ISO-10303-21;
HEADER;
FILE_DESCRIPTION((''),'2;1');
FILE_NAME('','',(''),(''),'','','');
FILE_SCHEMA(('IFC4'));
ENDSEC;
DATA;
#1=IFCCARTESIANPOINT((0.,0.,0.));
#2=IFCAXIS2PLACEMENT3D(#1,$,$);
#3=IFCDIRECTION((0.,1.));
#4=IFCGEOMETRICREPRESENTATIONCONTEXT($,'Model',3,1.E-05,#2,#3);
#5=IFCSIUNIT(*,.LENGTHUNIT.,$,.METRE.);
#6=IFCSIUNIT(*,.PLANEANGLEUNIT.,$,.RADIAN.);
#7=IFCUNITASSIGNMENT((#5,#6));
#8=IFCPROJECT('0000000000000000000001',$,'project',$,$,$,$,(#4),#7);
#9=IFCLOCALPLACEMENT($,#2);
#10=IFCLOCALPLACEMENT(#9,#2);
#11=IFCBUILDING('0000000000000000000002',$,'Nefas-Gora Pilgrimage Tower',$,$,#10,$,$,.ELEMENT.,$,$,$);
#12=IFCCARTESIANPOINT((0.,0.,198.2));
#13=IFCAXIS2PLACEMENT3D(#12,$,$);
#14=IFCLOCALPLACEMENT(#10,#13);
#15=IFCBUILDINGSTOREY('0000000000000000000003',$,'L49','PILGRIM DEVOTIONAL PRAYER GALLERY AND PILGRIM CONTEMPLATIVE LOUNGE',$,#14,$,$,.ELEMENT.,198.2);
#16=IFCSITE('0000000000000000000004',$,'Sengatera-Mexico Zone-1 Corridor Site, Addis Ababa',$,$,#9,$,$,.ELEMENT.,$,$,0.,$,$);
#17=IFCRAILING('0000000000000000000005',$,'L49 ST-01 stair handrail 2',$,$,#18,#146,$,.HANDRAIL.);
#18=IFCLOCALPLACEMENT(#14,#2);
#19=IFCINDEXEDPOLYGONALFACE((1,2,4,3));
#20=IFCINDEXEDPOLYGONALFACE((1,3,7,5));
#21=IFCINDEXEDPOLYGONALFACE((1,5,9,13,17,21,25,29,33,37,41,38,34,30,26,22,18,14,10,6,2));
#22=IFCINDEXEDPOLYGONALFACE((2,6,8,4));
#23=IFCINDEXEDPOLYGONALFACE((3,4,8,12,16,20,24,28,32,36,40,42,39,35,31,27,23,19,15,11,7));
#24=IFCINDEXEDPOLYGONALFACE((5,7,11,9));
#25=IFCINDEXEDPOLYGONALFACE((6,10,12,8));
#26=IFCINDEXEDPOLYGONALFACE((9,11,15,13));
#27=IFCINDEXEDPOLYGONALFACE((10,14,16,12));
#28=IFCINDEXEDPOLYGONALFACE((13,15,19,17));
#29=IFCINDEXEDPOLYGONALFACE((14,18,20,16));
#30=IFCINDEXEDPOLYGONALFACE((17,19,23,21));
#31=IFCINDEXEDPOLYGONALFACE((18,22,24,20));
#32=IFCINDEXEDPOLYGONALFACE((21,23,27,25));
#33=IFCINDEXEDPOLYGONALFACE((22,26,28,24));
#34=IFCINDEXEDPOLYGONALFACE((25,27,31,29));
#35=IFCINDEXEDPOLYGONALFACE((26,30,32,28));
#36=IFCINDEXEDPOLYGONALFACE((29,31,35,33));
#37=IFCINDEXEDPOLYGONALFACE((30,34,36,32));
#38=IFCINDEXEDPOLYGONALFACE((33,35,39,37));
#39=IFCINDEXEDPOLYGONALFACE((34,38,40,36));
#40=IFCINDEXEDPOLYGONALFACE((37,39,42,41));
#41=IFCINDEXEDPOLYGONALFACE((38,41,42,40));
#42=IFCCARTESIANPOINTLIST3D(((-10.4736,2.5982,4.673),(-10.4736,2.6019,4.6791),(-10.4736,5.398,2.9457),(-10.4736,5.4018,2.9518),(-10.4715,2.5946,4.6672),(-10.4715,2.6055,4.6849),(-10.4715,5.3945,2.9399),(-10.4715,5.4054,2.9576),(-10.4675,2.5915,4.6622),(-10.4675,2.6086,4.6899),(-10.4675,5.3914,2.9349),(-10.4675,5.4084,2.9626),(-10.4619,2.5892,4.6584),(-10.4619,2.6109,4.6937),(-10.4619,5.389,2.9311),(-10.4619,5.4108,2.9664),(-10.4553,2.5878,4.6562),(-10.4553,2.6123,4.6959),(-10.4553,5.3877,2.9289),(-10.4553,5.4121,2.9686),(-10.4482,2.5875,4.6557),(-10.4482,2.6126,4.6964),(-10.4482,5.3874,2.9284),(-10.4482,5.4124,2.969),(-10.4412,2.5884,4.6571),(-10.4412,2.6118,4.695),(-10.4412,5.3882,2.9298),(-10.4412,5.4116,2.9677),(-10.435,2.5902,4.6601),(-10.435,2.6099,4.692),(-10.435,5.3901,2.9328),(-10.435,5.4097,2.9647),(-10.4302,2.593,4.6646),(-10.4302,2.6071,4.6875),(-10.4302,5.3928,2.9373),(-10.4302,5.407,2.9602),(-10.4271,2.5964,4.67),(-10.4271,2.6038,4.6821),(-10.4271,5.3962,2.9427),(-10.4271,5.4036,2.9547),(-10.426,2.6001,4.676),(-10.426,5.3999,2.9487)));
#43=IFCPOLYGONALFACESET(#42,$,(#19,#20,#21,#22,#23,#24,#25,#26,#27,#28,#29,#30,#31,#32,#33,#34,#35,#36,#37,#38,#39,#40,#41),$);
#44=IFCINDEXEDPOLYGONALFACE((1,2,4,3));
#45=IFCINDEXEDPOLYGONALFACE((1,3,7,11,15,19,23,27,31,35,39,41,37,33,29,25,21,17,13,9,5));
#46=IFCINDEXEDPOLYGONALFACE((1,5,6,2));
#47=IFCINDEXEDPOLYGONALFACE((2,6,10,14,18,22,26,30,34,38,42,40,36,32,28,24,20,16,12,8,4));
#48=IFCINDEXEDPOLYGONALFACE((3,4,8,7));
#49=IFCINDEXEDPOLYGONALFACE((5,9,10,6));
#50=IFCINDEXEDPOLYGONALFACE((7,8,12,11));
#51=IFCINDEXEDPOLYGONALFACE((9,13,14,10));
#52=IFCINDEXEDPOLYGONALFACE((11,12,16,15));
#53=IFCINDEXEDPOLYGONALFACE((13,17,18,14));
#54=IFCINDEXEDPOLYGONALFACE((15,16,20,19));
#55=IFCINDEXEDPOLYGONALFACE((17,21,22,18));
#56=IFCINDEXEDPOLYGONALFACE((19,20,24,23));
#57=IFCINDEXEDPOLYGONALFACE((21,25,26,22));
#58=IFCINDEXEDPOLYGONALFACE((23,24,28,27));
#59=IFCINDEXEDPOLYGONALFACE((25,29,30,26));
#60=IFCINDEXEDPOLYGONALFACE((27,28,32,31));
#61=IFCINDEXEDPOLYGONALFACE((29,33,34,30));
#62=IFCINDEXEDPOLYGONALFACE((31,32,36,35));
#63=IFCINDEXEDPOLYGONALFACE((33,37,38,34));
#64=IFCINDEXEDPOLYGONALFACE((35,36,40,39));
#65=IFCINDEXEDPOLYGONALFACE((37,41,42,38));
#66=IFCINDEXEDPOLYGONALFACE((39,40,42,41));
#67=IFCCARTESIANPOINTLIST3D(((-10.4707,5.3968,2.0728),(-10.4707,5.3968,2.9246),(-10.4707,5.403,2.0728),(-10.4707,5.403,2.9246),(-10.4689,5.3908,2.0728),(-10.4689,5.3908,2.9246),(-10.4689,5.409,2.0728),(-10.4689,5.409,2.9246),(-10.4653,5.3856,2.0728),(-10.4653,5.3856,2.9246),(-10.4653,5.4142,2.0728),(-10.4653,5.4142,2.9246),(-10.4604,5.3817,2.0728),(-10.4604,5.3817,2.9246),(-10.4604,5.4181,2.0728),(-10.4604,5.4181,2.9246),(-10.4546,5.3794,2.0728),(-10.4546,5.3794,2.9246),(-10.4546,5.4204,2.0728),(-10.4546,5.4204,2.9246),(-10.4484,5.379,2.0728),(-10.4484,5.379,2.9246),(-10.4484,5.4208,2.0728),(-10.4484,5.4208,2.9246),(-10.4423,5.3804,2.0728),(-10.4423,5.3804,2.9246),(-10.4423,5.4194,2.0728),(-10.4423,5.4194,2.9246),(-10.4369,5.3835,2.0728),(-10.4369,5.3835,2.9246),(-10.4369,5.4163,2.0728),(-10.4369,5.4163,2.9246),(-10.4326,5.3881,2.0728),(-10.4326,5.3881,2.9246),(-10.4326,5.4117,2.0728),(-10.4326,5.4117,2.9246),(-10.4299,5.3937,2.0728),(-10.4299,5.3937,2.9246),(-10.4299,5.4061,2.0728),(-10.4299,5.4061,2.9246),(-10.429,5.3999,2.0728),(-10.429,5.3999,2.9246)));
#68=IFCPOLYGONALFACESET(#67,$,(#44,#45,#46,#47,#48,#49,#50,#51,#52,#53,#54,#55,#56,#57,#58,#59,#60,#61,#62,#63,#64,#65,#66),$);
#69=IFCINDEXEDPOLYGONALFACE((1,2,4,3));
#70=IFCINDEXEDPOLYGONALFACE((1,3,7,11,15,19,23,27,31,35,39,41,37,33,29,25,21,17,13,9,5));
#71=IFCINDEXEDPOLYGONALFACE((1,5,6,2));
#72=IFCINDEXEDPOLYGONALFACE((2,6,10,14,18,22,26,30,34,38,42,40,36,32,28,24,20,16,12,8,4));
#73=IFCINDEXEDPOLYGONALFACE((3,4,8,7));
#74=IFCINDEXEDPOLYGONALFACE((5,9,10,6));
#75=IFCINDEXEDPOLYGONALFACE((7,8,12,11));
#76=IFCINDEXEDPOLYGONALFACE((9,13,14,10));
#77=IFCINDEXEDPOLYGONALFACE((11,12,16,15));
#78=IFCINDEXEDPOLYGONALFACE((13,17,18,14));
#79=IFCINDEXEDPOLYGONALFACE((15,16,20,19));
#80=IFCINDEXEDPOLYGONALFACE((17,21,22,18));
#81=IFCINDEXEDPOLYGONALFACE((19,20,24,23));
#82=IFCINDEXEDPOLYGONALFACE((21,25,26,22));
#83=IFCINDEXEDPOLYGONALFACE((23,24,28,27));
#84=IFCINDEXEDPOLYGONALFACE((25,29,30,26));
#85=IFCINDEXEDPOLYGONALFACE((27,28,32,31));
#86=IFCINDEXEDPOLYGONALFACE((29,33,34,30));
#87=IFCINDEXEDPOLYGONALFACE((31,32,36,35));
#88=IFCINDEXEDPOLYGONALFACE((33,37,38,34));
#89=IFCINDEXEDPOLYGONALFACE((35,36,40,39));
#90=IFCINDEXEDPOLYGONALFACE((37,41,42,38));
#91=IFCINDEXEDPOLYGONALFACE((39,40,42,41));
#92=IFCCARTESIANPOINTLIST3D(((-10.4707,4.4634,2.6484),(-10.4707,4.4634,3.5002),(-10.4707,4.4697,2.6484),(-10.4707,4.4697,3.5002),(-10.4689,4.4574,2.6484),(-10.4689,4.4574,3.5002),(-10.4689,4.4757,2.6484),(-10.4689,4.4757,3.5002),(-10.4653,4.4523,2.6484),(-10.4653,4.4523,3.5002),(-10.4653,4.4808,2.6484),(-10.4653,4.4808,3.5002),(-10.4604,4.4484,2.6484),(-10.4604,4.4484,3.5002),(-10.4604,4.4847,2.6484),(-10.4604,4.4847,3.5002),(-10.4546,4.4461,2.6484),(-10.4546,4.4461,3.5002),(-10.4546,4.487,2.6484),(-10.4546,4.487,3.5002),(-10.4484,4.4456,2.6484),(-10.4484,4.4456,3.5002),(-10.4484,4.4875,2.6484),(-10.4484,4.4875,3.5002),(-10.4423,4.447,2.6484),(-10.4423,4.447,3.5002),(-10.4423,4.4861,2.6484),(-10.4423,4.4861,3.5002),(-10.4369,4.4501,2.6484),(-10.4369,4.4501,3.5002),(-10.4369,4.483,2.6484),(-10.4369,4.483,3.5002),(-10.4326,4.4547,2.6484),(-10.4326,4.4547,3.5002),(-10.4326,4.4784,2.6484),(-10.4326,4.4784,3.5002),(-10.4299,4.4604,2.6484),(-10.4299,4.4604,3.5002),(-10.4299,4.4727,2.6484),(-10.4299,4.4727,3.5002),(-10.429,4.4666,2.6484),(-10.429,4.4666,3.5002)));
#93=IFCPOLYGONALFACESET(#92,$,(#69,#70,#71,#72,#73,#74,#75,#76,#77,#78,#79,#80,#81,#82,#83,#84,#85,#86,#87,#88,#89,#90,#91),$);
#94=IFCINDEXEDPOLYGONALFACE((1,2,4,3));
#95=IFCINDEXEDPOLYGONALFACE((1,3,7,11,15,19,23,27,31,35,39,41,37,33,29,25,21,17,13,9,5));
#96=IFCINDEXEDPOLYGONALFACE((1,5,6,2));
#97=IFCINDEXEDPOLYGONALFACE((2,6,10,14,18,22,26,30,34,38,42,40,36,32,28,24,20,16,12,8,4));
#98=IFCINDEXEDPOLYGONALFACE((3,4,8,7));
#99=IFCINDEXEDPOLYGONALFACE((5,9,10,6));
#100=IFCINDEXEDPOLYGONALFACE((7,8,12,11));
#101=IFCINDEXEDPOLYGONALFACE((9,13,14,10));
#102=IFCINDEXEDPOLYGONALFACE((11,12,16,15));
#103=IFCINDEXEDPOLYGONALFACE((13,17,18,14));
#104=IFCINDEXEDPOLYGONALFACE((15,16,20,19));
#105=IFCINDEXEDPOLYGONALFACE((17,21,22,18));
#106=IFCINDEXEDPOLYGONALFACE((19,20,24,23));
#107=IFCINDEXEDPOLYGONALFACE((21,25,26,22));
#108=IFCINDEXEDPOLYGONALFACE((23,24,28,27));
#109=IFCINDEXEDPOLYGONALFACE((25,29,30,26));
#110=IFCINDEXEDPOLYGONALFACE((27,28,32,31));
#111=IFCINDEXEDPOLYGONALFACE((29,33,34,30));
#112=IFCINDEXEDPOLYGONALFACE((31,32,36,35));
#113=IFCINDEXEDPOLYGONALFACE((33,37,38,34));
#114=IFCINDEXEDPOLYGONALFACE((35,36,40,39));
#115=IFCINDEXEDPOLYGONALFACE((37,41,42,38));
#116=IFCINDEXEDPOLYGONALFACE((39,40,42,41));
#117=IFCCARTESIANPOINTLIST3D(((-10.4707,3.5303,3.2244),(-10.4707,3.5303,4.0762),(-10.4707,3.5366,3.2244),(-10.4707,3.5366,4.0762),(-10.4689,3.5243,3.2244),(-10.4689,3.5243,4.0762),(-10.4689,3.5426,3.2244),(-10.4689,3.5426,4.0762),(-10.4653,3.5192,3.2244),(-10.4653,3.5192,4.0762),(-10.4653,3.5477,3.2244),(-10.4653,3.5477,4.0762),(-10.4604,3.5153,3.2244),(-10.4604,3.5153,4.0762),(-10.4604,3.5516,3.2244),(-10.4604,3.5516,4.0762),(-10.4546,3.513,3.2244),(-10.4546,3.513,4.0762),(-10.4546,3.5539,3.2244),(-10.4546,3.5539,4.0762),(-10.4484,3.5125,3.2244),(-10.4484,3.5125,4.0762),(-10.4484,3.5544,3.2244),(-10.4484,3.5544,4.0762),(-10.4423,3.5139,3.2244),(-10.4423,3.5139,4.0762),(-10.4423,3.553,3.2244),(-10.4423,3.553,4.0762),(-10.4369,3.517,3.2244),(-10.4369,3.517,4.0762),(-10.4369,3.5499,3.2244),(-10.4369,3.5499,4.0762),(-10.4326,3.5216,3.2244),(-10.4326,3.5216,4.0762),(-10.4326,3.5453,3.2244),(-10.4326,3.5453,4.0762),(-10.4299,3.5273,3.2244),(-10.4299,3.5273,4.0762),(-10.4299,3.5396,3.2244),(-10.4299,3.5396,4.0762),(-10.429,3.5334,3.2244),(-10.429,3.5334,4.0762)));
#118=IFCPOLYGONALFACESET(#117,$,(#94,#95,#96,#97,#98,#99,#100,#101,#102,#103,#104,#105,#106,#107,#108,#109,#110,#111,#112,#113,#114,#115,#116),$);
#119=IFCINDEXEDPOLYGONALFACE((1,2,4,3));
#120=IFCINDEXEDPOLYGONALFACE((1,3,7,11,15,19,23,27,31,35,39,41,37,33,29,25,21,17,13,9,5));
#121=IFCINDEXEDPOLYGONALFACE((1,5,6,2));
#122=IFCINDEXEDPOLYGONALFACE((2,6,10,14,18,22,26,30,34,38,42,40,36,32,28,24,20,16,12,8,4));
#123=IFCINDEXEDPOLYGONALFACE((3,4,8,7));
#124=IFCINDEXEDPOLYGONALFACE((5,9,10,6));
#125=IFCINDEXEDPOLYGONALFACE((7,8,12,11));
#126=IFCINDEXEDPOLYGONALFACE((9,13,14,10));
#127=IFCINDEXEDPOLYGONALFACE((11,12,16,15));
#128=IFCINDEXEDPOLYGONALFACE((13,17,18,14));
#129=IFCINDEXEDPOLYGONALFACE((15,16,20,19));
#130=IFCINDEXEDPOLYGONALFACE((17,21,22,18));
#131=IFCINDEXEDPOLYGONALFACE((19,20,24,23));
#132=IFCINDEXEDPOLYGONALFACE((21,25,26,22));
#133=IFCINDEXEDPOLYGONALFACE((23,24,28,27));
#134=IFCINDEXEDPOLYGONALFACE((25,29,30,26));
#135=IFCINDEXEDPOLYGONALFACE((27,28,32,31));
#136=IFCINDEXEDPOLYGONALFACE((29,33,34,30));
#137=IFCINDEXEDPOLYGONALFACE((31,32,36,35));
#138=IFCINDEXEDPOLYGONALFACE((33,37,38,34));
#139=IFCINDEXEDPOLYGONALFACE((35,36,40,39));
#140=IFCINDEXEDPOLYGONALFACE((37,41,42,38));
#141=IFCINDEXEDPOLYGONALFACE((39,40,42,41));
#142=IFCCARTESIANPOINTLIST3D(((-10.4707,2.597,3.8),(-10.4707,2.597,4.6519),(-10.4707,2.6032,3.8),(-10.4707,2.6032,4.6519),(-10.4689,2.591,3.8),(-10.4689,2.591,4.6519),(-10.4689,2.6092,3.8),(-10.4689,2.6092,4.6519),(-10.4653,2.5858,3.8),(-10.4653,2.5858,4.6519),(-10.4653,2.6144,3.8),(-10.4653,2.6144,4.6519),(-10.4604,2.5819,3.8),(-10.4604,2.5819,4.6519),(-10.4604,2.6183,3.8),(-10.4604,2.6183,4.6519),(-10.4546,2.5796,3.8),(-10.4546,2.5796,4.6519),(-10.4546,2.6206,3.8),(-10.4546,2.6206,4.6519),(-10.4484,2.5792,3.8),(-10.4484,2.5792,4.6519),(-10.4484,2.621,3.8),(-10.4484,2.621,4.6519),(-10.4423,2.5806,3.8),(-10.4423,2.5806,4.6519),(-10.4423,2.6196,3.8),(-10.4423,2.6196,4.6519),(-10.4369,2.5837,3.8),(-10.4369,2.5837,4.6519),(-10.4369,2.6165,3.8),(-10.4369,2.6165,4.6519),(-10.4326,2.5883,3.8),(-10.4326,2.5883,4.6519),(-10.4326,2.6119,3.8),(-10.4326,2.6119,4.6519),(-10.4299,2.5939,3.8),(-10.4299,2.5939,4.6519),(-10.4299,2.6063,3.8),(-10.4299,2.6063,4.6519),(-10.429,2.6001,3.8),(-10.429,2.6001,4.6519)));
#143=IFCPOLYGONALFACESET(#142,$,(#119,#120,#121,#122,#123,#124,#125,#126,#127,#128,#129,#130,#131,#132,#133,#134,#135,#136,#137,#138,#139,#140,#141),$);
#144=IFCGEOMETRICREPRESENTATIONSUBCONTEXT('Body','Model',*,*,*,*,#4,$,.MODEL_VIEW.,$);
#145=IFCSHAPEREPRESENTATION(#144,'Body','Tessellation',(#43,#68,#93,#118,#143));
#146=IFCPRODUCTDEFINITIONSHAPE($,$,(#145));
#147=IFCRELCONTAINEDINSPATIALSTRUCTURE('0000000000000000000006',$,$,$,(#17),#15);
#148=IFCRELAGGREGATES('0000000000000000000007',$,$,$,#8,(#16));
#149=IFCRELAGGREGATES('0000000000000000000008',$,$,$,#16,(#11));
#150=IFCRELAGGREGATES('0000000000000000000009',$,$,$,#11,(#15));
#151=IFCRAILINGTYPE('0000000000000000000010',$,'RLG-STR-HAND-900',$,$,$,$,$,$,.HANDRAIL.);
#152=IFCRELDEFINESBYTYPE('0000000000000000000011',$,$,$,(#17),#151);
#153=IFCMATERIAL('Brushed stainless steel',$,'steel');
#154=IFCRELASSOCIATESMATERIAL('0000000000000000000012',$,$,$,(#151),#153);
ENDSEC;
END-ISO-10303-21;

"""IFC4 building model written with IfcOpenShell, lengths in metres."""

from ifc_helpers import new_model, si_unit, direction, frame, origin, origin_2d, place, context, subcontext, project, spatial, circle, extrude, material, type_object, element, save


model = new_model("IFC4")

# Units and contexts
model_context = context("Model", 3, precision=1e-05, world=origin(), true_north=direction((0.0, 1.0)))
body_context = subcontext(model_context, "Body", "Model", "MODEL_VIEW")
ifc_project = project(units=[si_unit("LENGTHUNIT", "METRE"), si_unit("PLANEANGLEUNIT", "RADIAN")], contexts=[model_context])

# Site, building, storey
site_placement = place(None, origin())
site = spatial("IfcSite", under=ifc_project, at=site_placement, Name="Sengatera-Mexico Zone-1 Corridor Site, Addis Ababa", CompositionType="ELEMENT", RefElevation=0.0)
building_placement = place(site_placement, origin())
building = spatial("IfcBuilding", under=site, at=building_placement, Name="Nefas-Gora Pilgrimage Tower", CompositionType="ELEMENT")
storey_placement = place(building_placement, frame((0.0, 0.0, 198.2)))
storey = spatial("IfcBuildingStorey", under=building, at=storey_placement, Name="L49", Description="PILGRIM DEVOTIONAL PRAYER GALLERY AND PILGRIM CONTEMPLATIVE LOUNGE", CompositionType="ELEMENT", Elevation=198.2)

# Railing
ifc_material_1 = material(Name="Brushed stainless steel", Category="steel")
railing_type_1 = type_object("IfcRailingType", Name="RLG-STR-HAND-900", PredefinedType="HANDRAIL", material=ifc_material_1)
railing_1_placement = place(storey_placement, frame((-10.45, 5.3999, 2.0728)))
element("IfcRailing", 1, at=railing_1_placement, inside=storey, type_object=railing_type_1, Name="L49 ST-01 stair handrail 2", PredefinedType="HANDRAIL", context=body_context, shape_type="SweptSolid", body=[
    extrude(circle(Radius=0.0239, at=origin_2d()), frame((0.0, 0.0, 0.876), z_axis=(0.0, -0.851069, 0.525054), x_axis=(1.0, 0.0, 0.0)), (0.0, 0.0, 1.0), 3.2898),
    extrude(circle(Radius=0.021, at=origin_2d()), origin(), (0.0, 0.0, 1.0), 0.8518),
    extrude(circle(Radius=0.021, at=origin_2d()), frame((0.0, -0.9333, 0.5757)), (0.0, 0.0, 1.0), 0.8518),
    extrude(circle(Radius=0.021, at=origin_2d()), frame((0.0, -1.8665, 1.1516)), (0.0, 0.0, 1.0), 0.8518),
    extrude(circle(Radius=0.021, at=origin_2d()), frame((0.0, -2.7998, 1.7273)), (0.0, 0.0, 1.0), 0.8518),
])

save(model, "model.ifc")
